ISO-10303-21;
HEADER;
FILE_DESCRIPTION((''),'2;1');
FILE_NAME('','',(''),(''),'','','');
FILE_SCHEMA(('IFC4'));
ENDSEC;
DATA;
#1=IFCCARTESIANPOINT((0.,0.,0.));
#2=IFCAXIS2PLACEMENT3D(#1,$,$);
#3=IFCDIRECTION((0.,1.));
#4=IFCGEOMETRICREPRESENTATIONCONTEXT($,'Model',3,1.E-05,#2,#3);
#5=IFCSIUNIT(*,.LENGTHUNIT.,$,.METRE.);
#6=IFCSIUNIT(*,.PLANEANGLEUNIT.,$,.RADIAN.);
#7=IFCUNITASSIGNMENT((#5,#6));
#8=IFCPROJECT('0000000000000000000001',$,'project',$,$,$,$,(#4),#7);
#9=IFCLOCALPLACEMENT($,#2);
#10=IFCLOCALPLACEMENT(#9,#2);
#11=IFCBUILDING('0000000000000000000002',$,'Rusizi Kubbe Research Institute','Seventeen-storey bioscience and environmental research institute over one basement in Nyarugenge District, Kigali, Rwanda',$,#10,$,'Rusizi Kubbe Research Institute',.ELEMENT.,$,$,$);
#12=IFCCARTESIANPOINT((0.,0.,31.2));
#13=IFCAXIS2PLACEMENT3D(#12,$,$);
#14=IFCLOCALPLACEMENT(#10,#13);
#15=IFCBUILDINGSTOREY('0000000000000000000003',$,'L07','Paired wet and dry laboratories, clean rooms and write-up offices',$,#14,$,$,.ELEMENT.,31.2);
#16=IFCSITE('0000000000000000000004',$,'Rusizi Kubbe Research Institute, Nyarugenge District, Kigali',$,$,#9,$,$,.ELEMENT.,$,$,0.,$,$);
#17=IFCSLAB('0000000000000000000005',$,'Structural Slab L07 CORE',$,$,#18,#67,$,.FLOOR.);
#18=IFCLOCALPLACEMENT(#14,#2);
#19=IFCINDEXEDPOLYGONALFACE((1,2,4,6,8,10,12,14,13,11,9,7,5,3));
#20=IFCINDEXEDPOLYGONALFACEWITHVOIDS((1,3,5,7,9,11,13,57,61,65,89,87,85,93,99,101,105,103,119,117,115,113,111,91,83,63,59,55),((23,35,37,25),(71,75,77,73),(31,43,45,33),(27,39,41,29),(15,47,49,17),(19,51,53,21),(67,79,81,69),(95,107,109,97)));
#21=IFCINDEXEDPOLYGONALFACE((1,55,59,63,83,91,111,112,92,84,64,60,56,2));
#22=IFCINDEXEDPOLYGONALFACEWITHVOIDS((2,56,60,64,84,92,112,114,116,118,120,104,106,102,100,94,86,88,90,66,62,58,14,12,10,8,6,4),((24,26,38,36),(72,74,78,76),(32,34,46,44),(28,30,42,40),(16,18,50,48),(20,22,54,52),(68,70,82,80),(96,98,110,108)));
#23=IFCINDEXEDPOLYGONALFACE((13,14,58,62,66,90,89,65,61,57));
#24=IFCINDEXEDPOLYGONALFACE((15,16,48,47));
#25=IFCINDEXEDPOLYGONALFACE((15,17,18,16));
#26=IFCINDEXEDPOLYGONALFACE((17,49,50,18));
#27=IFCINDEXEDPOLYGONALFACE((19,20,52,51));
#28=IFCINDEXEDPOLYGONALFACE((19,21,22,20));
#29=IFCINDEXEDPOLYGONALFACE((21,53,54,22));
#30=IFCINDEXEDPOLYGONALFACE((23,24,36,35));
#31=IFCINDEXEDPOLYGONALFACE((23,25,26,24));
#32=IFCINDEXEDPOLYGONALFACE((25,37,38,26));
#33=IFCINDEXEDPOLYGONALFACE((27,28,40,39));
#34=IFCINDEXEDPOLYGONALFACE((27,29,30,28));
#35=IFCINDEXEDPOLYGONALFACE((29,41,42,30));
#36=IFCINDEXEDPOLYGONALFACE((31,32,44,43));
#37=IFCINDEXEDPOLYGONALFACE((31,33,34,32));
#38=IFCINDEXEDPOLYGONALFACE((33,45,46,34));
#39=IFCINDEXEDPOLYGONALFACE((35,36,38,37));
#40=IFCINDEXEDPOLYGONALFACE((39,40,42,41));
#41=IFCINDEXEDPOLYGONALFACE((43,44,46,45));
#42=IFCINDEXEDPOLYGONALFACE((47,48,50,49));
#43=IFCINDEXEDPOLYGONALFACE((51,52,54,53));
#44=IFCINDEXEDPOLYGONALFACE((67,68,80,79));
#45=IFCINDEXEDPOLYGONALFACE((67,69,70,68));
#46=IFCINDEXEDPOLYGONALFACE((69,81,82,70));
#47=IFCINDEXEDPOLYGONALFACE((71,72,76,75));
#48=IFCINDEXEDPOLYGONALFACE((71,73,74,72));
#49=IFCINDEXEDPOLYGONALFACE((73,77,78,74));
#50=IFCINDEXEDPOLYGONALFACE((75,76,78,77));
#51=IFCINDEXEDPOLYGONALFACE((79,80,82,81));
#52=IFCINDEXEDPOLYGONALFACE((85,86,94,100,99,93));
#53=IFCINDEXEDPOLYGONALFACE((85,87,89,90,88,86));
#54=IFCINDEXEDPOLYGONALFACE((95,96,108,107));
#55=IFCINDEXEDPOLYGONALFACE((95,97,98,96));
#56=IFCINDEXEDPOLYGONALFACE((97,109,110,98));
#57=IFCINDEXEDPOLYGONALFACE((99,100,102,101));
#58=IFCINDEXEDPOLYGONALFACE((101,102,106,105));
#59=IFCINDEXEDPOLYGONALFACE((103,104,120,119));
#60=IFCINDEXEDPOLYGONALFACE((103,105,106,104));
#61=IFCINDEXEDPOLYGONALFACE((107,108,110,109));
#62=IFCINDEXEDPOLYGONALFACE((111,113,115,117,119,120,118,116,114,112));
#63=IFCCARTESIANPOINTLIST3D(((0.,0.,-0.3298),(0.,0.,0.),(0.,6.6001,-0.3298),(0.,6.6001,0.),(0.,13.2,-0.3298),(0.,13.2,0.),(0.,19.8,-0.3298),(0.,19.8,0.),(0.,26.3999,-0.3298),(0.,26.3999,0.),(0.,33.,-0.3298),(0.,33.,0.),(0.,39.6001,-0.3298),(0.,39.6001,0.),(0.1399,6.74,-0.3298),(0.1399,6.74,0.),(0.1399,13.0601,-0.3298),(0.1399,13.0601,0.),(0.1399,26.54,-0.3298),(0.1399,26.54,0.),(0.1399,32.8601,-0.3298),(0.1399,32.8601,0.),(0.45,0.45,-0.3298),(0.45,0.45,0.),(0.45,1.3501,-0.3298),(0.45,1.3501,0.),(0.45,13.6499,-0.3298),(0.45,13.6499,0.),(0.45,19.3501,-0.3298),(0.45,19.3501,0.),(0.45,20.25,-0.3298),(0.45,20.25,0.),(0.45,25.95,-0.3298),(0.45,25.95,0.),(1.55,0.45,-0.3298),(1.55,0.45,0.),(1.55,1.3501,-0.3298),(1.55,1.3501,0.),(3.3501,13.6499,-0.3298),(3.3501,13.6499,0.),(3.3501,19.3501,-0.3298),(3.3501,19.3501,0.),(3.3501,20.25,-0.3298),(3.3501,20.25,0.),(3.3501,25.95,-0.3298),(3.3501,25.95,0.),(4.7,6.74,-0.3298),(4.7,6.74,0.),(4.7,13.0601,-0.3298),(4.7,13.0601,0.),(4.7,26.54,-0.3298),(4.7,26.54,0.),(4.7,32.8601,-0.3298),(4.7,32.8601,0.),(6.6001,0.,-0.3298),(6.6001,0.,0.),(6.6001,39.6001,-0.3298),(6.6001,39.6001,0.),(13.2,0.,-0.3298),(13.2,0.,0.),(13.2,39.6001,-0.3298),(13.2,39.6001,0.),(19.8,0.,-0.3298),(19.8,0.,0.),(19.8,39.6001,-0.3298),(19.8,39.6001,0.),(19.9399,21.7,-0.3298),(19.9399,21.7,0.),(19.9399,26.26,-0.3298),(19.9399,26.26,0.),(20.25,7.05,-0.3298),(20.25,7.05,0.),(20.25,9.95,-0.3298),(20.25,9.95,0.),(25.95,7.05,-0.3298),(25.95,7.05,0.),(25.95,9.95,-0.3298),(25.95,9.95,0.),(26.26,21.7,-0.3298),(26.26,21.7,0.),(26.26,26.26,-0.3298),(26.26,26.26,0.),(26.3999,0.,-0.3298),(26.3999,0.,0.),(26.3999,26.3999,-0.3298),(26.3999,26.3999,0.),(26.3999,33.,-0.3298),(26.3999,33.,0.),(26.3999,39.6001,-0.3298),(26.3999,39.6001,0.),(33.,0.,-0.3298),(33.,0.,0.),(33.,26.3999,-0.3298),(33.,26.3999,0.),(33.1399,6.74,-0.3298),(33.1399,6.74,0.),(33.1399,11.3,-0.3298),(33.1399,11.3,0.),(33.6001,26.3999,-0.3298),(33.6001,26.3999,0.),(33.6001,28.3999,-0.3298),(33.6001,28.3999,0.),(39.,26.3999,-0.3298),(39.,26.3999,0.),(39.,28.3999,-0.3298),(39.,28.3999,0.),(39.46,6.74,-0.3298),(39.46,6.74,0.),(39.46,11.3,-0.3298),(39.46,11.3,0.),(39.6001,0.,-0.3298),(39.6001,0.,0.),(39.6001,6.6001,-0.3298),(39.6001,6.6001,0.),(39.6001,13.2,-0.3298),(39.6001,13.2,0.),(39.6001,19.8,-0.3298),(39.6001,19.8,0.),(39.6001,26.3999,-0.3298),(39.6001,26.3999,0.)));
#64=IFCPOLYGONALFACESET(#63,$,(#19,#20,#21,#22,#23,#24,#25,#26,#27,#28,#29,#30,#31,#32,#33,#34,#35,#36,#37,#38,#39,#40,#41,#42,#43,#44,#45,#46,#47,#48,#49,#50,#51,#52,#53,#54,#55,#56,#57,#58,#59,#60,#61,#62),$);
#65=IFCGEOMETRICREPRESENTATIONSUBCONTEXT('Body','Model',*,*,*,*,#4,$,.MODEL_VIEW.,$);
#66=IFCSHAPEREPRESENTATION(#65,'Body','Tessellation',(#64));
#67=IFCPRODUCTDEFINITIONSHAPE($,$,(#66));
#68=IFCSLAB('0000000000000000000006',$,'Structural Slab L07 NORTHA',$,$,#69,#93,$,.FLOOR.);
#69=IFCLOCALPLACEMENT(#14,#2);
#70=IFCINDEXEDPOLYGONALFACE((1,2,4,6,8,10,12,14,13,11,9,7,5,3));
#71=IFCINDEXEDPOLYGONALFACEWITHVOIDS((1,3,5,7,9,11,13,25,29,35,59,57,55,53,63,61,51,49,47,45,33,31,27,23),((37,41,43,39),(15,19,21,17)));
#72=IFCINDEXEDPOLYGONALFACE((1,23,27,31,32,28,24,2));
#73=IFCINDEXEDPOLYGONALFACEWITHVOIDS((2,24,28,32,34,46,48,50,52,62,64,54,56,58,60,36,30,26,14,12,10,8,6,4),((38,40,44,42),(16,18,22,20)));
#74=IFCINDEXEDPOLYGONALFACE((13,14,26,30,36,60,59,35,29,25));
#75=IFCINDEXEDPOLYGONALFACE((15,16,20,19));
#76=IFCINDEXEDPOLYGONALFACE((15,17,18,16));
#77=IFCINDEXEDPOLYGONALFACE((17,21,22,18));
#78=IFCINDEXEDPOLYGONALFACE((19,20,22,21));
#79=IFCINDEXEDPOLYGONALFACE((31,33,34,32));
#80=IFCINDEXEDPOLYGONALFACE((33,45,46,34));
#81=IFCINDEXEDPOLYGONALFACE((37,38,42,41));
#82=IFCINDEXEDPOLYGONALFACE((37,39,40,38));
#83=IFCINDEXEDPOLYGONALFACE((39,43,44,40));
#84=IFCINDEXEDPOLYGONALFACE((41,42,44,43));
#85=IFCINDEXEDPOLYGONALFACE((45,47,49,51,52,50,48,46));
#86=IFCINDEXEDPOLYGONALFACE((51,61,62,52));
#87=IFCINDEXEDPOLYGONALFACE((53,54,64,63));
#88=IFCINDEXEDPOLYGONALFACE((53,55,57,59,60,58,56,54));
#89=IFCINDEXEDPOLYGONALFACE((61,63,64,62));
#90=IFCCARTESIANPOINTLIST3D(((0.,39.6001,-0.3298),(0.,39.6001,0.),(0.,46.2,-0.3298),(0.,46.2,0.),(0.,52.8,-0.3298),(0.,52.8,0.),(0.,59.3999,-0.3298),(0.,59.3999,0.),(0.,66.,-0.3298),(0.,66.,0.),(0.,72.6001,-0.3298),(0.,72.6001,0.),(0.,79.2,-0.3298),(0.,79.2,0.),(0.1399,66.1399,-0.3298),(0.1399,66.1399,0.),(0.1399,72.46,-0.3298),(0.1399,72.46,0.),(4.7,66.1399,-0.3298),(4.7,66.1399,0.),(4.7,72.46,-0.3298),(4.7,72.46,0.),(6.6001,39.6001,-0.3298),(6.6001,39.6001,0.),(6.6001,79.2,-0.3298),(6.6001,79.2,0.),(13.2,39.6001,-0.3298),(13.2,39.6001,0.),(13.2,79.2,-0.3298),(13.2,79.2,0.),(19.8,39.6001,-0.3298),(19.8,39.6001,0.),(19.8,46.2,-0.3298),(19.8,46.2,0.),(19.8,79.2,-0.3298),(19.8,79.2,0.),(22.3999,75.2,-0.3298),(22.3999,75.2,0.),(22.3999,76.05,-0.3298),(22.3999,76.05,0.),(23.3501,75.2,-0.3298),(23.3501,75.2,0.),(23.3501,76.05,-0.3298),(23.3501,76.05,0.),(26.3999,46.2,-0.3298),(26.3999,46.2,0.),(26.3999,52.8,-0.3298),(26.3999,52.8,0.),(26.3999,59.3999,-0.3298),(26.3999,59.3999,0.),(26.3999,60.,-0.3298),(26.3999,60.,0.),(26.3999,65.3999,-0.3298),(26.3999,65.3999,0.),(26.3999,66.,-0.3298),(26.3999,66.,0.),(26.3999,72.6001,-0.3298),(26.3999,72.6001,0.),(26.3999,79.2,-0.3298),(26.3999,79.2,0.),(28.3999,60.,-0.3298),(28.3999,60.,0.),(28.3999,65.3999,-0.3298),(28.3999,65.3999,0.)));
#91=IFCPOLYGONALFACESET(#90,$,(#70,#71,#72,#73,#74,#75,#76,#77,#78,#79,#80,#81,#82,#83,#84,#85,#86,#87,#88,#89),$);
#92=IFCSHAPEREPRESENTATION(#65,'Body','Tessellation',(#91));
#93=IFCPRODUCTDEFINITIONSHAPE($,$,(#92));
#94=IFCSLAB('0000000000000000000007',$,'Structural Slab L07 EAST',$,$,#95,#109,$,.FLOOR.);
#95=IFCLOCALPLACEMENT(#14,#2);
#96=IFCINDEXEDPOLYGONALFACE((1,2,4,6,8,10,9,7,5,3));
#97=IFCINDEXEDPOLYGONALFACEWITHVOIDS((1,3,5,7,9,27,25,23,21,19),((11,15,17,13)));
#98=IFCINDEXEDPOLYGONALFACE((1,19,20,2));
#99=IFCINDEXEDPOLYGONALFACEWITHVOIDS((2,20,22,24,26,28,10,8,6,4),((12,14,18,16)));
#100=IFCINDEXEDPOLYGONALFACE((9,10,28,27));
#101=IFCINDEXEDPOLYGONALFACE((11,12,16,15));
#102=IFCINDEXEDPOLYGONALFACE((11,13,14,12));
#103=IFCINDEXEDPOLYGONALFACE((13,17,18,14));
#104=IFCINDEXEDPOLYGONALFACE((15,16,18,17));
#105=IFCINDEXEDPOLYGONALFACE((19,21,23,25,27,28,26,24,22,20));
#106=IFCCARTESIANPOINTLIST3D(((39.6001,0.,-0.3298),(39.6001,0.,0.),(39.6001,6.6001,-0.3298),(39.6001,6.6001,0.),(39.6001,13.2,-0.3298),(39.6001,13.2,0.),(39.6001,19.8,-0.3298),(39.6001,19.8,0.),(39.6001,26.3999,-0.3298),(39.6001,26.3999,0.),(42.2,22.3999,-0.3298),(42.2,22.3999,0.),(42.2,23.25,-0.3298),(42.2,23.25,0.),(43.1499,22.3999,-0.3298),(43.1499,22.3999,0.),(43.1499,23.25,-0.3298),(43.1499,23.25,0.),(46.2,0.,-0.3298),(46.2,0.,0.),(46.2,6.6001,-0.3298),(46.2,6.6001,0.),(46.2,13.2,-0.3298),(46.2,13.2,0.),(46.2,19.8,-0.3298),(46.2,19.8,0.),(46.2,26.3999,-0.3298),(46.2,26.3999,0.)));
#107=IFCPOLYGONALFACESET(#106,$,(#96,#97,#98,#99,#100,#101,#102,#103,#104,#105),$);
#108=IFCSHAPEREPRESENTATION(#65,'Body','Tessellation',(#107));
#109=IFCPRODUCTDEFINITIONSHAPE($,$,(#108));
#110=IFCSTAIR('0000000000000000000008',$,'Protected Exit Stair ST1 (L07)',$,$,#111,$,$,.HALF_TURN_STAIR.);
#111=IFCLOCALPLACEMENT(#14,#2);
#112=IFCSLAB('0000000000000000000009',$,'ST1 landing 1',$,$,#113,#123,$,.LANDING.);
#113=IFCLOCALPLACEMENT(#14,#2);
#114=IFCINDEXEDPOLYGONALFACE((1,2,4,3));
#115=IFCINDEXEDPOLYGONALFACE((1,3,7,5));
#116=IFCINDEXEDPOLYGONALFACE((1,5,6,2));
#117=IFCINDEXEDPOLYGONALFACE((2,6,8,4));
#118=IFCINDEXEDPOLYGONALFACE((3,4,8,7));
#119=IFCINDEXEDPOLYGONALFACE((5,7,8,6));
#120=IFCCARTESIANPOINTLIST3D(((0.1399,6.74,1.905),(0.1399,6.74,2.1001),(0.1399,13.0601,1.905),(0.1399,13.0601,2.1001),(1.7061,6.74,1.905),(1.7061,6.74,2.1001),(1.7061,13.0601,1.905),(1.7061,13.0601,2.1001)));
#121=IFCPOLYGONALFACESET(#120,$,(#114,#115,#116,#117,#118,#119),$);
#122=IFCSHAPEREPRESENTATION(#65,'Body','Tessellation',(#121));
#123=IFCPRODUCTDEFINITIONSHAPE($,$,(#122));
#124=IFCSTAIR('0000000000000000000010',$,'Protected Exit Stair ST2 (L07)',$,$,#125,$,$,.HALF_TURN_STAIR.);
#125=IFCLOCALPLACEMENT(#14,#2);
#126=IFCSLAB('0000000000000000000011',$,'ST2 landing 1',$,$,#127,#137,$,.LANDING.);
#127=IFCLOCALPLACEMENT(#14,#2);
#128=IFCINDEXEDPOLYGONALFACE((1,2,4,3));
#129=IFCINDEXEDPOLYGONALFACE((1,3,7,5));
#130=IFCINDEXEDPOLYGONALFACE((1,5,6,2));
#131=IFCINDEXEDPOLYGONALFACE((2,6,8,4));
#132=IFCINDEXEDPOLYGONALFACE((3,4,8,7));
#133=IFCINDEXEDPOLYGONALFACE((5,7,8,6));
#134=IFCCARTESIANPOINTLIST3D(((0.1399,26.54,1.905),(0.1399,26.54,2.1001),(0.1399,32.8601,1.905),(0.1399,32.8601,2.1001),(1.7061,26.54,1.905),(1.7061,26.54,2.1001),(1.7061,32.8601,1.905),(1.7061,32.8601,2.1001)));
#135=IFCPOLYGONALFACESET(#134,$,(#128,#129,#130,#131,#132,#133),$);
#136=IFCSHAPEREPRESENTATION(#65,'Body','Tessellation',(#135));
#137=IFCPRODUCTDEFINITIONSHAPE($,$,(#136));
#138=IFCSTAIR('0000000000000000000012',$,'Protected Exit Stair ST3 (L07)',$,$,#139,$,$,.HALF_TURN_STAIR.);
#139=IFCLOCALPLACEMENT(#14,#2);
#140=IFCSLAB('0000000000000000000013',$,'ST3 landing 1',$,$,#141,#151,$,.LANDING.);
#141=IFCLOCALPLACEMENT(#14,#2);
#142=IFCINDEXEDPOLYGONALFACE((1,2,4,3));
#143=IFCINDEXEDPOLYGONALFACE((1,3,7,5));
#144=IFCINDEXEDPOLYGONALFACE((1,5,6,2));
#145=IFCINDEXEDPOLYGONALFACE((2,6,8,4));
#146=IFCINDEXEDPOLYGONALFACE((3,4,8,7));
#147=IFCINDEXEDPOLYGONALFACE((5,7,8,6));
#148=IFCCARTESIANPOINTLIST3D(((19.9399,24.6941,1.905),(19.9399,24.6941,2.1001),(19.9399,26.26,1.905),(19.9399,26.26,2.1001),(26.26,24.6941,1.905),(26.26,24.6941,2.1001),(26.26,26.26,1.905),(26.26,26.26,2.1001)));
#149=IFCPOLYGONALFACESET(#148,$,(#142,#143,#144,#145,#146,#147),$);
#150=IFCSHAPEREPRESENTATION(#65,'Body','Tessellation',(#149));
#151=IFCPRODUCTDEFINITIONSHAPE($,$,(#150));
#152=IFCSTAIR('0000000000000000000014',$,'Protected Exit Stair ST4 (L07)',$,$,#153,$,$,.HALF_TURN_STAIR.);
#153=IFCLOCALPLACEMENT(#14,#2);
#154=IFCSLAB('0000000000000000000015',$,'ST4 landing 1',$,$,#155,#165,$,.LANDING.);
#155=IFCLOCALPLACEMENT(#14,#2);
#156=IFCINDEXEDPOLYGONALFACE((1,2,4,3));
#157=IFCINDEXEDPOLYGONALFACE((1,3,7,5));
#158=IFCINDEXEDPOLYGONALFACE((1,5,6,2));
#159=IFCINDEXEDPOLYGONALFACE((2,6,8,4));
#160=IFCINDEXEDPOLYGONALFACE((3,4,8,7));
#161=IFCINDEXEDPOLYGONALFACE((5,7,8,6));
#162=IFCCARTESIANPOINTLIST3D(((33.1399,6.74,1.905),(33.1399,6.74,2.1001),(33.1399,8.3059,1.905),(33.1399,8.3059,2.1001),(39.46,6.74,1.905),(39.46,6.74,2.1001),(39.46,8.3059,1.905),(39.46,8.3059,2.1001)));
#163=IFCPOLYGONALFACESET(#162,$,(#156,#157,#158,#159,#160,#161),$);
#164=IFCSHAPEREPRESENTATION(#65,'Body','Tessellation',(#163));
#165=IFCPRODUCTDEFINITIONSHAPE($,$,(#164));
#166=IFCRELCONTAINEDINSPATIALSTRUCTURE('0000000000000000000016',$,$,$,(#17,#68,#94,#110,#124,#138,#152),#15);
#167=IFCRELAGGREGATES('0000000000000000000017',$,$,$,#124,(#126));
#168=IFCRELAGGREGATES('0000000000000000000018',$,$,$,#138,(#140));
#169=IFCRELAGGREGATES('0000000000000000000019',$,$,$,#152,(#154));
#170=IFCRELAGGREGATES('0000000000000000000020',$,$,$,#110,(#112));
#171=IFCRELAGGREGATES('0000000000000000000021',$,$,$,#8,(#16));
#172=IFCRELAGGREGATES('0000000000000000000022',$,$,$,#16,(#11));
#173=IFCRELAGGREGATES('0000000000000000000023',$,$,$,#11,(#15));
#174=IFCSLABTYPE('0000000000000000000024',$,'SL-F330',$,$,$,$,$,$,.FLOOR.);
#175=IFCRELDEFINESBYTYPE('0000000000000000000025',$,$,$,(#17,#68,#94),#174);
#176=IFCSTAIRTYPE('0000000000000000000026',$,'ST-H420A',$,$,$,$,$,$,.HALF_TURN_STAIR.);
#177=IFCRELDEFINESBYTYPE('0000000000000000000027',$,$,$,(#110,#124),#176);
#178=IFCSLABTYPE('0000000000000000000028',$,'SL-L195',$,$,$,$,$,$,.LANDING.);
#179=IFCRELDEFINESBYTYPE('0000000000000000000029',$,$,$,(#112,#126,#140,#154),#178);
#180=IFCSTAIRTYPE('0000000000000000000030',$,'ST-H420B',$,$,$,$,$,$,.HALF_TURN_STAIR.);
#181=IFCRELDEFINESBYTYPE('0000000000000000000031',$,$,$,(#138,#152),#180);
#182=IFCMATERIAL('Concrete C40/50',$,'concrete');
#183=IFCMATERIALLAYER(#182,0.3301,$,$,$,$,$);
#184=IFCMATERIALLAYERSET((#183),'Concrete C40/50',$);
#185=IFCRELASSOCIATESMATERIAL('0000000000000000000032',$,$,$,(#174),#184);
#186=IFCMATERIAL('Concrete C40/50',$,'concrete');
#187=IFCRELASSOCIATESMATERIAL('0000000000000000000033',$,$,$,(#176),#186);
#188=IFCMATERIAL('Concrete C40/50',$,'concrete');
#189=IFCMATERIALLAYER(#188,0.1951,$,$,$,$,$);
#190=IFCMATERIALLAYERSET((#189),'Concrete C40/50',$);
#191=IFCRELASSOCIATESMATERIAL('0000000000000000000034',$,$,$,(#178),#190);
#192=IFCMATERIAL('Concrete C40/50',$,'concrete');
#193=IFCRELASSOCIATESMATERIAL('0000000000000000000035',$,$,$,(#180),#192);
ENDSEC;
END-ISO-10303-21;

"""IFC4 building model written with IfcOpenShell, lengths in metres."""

from ifc_helpers import new_model, si_unit, direction, frame, origin, place, context, subcontext, project, spatial, polyline, outline, extrude, material, layer, layer_set, type_object, element, aggregate, save


model = new_model("IFC4")

# Units and contexts
model_context = context("Model", 3, precision=1e-05, world=origin(), true_north=direction((0.0, 1.0)))
body_context = subcontext(model_context, "Body", "Model", "MODEL_VIEW")
ifc_project = project(units=[si_unit("LENGTHUNIT", "METRE"), si_unit("PLANEANGLEUNIT", "RADIAN")], contexts=[model_context])

# Site, building, storey
site_placement = place(None, origin())
site = spatial("IfcSite", under=ifc_project, at=site_placement, Name="Rusizi Kubbe Research Institute, Nyarugenge District, Kigali", CompositionType="ELEMENT", RefElevation=0.0)
building_placement = place(site_placement, origin())
building = spatial("IfcBuilding", under=site, at=building_placement, Name="Rusizi Kubbe Research Institute", Description="Seventeen-storey bioscience and environmental research institute over one basement in Nyarugenge District, Kigali, Rwanda", LongName="Rusizi Kubbe Research Institute", CompositionType="ELEMENT")
storey_placement = place(building_placement, frame((0.0, 0.0, 31.2)))
storey = spatial("IfcBuildingStorey", under=building, at=storey_placement, Name="L07", Description="Paired wet and dry laboratories, clean rooms and write-up offices", CompositionType="ELEMENT", Elevation=31.2)

# Slabs
ifc_material_1 = material(Name="Concrete C40/50", Category="concrete")
ifc_layer_1 = layer(ifc_material_1, 0.3301)
ifc_layer_set_1 = layer_set([ifc_layer_1], Name="Concrete C40/50")
slab_type_1 = type_object("IfcSlabType", Name="SL-F330", PredefinedType="FLOOR", material=ifc_layer_set_1)
slab_1_placement = place(storey_placement, frame((0.0, 0.0, -0.3298)))
element("IfcSlab", 1, at=slab_1_placement, inside=storey, type_object=slab_type_1, Name="Structural Slab L07 CORE", PredefinedType="FLOOR", context=body_context, shape_type="SweptSolid", body=[
    extrude(outline(polyline([(0.0, 39.6001), (6.6001, 39.6001), (13.2, 39.6001), (19.8, 39.6001), (26.3999, 39.6001), (26.3999, 33.0), (26.3999, 26.3999), (33.0, 26.3999), (33.6001, 26.3999), (33.6001, 28.3999), (39.0, 28.3999), (39.0, 26.3999), (39.6001, 26.3999), (39.6001, 19.8), (39.6001, 13.2), (39.6001, 6.6001), (39.6001, 0.0), (33.0, 0.0), (26.3999, 0.0), (19.8, 0.0), (13.2, 0.0), (6.6001, 0.0), (0.0, 0.0), (0.0, 6.6001), (0.0, 13.2), (0.0, 19.8), (0.0, 26.3999), (0.0, 33.0), (0.0, 39.6001)]), holes=[polyline([(0.45, 1.3501), (0.45, 0.45), (1.55, 0.45), (1.55, 1.3501), (0.45, 1.3501)]), polyline([(20.25, 9.95), (20.25, 7.05), (25.95, 7.05), (25.95, 9.95), (20.25, 9.95)]), polyline([(33.1399, 11.3), (33.1399, 6.74), (39.46, 6.74), (39.46, 11.3), (33.1399, 11.3)]), polyline([(0.1399, 13.0601), (0.1399, 6.74), (4.7, 6.74), (4.7, 13.0601), (0.1399, 13.0601)]), polyline([(0.45, 19.3501), (0.45, 13.6499), (3.3501, 13.6499), (3.3501, 19.3501), (0.45, 19.3501)]), polyline([(0.45, 25.95), (0.45, 20.25), (3.3501, 20.25), (3.3501, 25.95), (0.45, 25.95)]), polyline([(19.9399, 26.26), (19.9399, 21.7), (26.26, 21.7), (26.26, 26.26), (19.9399, 26.26)]), polyline([(4.7, 32.8601), (0.1399, 32.8601), (0.1399, 26.54), (4.7, 26.54), (4.7, 32.8601)])]), origin(), (0.0, 0.0, 1.0), 0.3298),
])
slab_2_placement = place(storey_placement, frame((0.0, 0.0, -0.3298)))
element("IfcSlab", 2, at=slab_2_placement, inside=storey, type_object=slab_type_1, Name="Structural Slab L07 NORTHA", PredefinedType="FLOOR", context=body_context, shape_type="SweptSolid", body=[
    extrude(outline(polyline([(0.0, 72.6001), (0.0, 79.2), (6.6001, 79.2), (13.2, 79.2), (19.8, 79.2), (26.3999, 79.2), (26.3999, 72.6001), (26.3999, 66.0), (26.3999, 65.3999), (28.3999, 65.3999), (28.3999, 60.0), (26.3999, 60.0), (26.3999, 59.3999), (26.3999, 52.8), (26.3999, 46.2), (19.8, 46.2), (19.8, 39.6001), (13.2, 39.6001), (6.6001, 39.6001), (0.0, 39.6001), (0.0, 46.2), (0.0, 52.8), (0.0, 59.3999), (0.0, 66.0), (0.0, 72.6001)]), holes=[polyline([(4.7, 72.46), (0.1399, 72.46), (0.1399, 66.1399), (4.7, 66.1399), (4.7, 72.46)]), polyline([(23.3501, 76.05), (22.3999, 76.05), (22.3999, 75.2), (23.3501, 75.2), (23.3501, 76.05)])]), origin(), (0.0, 0.0, 1.0), 0.3298),
])
slab_3_placement = place(storey_placement, frame((0.0, 0.0, -0.3298)))
element("IfcSlab", 3, at=slab_3_placement, inside=storey, type_object=slab_type_1, Name="Structural Slab L07 EAST", PredefinedType="FLOOR", context=body_context, shape_type="SweptSolid", body=[
    extrude(outline(polyline([(39.6001, 6.6001), (39.6001, 13.2), (39.6001, 19.8), (39.6001, 26.3999), (46.2, 26.3999), (46.2, 19.8), (46.2, 13.2), (46.2, 6.6001), (46.2, 0.0), (39.6001, 0.0), (39.6001, 6.6001)]), holes=[polyline([(42.2, 23.25), (42.2, 22.3999), (43.1499, 22.3999), (43.1499, 23.25), (42.2, 23.25)])]), origin(), (0.0, 0.0, 1.0), 0.3298),
])

# Stairs, slabs
ifc_material_2 = material(Name="Concrete C40/50", Category="concrete")
stair_type_1 = type_object("IfcStairType", Name="ST-H420A", PredefinedType="HALF_TURN_STAIR", material=ifc_material_2)
stair_1_placement = place(storey_placement, origin())
stair_1 = element("IfcStair", 4, at=stair_1_placement, inside=storey, type_object=stair_type_1, Name="Protected Exit Stair ST1 (L07)", PredefinedType="HALF_TURN_STAIR")
ifc_material_3 = material(Name="Concrete C40/50", Category="concrete")
ifc_layer_2 = layer(ifc_material_3, 0.1951)
ifc_layer_set_2 = layer_set([ifc_layer_2], Name="Concrete C40/50")
slab_type_2 = type_object("IfcSlabType", Name="SL-L195", PredefinedType="LANDING", material=ifc_layer_set_2)
slab_4_placement = place(storey_placement, frame((0.0, 0.0, 1.905)))
slab_4 = element("IfcSlab", 5, at=slab_4_placement, type_object=slab_type_2, Name="ST1 landing 1", PredefinedType="LANDING", context=body_context, shape_type="SweptSolid", body=[
    extrude(outline(polyline([(1.7061, 13.0601), (0.1399, 13.0601), (0.1399, 6.74), (1.7061, 6.74), (1.7061, 13.0601)])), origin(), (0.0, 0.0, 1.0), 0.1951),
])
stair_2_placement = place(storey_placement, origin())
stair_2 = element("IfcStair", 6, at=stair_2_placement, inside=storey, type_object=stair_type_1, Name="Protected Exit Stair ST2 (L07)", PredefinedType="HALF_TURN_STAIR")
slab_5_placement = place(storey_placement, frame((0.0, 0.0, 1.905)))
slab_5 = element("IfcSlab", 7, at=slab_5_placement, type_object=slab_type_2, Name="ST2 landing 1", PredefinedType="LANDING", context=body_context, shape_type="SweptSolid", body=[
    extrude(outline(polyline([(1.7061, 32.8601), (0.1399, 32.8601), (0.1399, 26.54), (1.7061, 26.54), (1.7061, 32.8601)])), origin(), (0.0, 0.0, 1.0), 0.1951),
])
aggregate(stair_2, [slab_5])
ifc_material_4 = material(Name="Concrete C40/50", Category="concrete")
stair_type_2 = type_object("IfcStairType", Name="ST-H420B", PredefinedType="HALF_TURN_STAIR", material=ifc_material_4)
stair_3_placement = place(storey_placement, origin())
stair_3 = element("IfcStair", 8, at=stair_3_placement, inside=storey, type_object=stair_type_2, Name="Protected Exit Stair ST3 (L07)", PredefinedType="HALF_TURN_STAIR")
slab_6_placement = place(storey_placement, frame((0.0, 0.0, 1.905)))
slab_6 = element("IfcSlab", 9, at=slab_6_placement, type_object=slab_type_2, Name="ST3 landing 1", PredefinedType="LANDING", context=body_context, shape_type="SweptSolid", body=[
    extrude(outline(polyline([(26.26, 24.6941), (26.26, 26.26), (19.9399, 26.26), (19.9399, 24.6941), (26.26, 24.6941)])), origin(), (0.0, 0.0, 1.0), 0.1951),
])
aggregate(stair_3, [slab_6])
stair_4_placement = place(storey_placement, origin())
stair_4 = element("IfcStair", 10, at=stair_4_placement, inside=storey, type_object=stair_type_2, Name="Protected Exit Stair ST4 (L07)", PredefinedType="HALF_TURN_STAIR")
slab_7_placement = place(storey_placement, frame((0.0, 0.0, 1.905)))
slab_7 = element("IfcSlab", 11, at=slab_7_placement, type_object=slab_type_2, Name="ST4 landing 1", PredefinedType="LANDING", context=body_context, shape_type="SweptSolid", body=[
    extrude(outline(polyline([(33.1399, 8.3059), (33.1399, 6.74), (39.46, 6.74), (39.46, 8.3059), (33.1399, 8.3059)])), origin(), (0.0, 0.0, 1.0), 0.1951),
])
aggregate(stair_4, [slab_7])

aggregate(stair_1, [slab_4])

save(model, "model.ifc")
